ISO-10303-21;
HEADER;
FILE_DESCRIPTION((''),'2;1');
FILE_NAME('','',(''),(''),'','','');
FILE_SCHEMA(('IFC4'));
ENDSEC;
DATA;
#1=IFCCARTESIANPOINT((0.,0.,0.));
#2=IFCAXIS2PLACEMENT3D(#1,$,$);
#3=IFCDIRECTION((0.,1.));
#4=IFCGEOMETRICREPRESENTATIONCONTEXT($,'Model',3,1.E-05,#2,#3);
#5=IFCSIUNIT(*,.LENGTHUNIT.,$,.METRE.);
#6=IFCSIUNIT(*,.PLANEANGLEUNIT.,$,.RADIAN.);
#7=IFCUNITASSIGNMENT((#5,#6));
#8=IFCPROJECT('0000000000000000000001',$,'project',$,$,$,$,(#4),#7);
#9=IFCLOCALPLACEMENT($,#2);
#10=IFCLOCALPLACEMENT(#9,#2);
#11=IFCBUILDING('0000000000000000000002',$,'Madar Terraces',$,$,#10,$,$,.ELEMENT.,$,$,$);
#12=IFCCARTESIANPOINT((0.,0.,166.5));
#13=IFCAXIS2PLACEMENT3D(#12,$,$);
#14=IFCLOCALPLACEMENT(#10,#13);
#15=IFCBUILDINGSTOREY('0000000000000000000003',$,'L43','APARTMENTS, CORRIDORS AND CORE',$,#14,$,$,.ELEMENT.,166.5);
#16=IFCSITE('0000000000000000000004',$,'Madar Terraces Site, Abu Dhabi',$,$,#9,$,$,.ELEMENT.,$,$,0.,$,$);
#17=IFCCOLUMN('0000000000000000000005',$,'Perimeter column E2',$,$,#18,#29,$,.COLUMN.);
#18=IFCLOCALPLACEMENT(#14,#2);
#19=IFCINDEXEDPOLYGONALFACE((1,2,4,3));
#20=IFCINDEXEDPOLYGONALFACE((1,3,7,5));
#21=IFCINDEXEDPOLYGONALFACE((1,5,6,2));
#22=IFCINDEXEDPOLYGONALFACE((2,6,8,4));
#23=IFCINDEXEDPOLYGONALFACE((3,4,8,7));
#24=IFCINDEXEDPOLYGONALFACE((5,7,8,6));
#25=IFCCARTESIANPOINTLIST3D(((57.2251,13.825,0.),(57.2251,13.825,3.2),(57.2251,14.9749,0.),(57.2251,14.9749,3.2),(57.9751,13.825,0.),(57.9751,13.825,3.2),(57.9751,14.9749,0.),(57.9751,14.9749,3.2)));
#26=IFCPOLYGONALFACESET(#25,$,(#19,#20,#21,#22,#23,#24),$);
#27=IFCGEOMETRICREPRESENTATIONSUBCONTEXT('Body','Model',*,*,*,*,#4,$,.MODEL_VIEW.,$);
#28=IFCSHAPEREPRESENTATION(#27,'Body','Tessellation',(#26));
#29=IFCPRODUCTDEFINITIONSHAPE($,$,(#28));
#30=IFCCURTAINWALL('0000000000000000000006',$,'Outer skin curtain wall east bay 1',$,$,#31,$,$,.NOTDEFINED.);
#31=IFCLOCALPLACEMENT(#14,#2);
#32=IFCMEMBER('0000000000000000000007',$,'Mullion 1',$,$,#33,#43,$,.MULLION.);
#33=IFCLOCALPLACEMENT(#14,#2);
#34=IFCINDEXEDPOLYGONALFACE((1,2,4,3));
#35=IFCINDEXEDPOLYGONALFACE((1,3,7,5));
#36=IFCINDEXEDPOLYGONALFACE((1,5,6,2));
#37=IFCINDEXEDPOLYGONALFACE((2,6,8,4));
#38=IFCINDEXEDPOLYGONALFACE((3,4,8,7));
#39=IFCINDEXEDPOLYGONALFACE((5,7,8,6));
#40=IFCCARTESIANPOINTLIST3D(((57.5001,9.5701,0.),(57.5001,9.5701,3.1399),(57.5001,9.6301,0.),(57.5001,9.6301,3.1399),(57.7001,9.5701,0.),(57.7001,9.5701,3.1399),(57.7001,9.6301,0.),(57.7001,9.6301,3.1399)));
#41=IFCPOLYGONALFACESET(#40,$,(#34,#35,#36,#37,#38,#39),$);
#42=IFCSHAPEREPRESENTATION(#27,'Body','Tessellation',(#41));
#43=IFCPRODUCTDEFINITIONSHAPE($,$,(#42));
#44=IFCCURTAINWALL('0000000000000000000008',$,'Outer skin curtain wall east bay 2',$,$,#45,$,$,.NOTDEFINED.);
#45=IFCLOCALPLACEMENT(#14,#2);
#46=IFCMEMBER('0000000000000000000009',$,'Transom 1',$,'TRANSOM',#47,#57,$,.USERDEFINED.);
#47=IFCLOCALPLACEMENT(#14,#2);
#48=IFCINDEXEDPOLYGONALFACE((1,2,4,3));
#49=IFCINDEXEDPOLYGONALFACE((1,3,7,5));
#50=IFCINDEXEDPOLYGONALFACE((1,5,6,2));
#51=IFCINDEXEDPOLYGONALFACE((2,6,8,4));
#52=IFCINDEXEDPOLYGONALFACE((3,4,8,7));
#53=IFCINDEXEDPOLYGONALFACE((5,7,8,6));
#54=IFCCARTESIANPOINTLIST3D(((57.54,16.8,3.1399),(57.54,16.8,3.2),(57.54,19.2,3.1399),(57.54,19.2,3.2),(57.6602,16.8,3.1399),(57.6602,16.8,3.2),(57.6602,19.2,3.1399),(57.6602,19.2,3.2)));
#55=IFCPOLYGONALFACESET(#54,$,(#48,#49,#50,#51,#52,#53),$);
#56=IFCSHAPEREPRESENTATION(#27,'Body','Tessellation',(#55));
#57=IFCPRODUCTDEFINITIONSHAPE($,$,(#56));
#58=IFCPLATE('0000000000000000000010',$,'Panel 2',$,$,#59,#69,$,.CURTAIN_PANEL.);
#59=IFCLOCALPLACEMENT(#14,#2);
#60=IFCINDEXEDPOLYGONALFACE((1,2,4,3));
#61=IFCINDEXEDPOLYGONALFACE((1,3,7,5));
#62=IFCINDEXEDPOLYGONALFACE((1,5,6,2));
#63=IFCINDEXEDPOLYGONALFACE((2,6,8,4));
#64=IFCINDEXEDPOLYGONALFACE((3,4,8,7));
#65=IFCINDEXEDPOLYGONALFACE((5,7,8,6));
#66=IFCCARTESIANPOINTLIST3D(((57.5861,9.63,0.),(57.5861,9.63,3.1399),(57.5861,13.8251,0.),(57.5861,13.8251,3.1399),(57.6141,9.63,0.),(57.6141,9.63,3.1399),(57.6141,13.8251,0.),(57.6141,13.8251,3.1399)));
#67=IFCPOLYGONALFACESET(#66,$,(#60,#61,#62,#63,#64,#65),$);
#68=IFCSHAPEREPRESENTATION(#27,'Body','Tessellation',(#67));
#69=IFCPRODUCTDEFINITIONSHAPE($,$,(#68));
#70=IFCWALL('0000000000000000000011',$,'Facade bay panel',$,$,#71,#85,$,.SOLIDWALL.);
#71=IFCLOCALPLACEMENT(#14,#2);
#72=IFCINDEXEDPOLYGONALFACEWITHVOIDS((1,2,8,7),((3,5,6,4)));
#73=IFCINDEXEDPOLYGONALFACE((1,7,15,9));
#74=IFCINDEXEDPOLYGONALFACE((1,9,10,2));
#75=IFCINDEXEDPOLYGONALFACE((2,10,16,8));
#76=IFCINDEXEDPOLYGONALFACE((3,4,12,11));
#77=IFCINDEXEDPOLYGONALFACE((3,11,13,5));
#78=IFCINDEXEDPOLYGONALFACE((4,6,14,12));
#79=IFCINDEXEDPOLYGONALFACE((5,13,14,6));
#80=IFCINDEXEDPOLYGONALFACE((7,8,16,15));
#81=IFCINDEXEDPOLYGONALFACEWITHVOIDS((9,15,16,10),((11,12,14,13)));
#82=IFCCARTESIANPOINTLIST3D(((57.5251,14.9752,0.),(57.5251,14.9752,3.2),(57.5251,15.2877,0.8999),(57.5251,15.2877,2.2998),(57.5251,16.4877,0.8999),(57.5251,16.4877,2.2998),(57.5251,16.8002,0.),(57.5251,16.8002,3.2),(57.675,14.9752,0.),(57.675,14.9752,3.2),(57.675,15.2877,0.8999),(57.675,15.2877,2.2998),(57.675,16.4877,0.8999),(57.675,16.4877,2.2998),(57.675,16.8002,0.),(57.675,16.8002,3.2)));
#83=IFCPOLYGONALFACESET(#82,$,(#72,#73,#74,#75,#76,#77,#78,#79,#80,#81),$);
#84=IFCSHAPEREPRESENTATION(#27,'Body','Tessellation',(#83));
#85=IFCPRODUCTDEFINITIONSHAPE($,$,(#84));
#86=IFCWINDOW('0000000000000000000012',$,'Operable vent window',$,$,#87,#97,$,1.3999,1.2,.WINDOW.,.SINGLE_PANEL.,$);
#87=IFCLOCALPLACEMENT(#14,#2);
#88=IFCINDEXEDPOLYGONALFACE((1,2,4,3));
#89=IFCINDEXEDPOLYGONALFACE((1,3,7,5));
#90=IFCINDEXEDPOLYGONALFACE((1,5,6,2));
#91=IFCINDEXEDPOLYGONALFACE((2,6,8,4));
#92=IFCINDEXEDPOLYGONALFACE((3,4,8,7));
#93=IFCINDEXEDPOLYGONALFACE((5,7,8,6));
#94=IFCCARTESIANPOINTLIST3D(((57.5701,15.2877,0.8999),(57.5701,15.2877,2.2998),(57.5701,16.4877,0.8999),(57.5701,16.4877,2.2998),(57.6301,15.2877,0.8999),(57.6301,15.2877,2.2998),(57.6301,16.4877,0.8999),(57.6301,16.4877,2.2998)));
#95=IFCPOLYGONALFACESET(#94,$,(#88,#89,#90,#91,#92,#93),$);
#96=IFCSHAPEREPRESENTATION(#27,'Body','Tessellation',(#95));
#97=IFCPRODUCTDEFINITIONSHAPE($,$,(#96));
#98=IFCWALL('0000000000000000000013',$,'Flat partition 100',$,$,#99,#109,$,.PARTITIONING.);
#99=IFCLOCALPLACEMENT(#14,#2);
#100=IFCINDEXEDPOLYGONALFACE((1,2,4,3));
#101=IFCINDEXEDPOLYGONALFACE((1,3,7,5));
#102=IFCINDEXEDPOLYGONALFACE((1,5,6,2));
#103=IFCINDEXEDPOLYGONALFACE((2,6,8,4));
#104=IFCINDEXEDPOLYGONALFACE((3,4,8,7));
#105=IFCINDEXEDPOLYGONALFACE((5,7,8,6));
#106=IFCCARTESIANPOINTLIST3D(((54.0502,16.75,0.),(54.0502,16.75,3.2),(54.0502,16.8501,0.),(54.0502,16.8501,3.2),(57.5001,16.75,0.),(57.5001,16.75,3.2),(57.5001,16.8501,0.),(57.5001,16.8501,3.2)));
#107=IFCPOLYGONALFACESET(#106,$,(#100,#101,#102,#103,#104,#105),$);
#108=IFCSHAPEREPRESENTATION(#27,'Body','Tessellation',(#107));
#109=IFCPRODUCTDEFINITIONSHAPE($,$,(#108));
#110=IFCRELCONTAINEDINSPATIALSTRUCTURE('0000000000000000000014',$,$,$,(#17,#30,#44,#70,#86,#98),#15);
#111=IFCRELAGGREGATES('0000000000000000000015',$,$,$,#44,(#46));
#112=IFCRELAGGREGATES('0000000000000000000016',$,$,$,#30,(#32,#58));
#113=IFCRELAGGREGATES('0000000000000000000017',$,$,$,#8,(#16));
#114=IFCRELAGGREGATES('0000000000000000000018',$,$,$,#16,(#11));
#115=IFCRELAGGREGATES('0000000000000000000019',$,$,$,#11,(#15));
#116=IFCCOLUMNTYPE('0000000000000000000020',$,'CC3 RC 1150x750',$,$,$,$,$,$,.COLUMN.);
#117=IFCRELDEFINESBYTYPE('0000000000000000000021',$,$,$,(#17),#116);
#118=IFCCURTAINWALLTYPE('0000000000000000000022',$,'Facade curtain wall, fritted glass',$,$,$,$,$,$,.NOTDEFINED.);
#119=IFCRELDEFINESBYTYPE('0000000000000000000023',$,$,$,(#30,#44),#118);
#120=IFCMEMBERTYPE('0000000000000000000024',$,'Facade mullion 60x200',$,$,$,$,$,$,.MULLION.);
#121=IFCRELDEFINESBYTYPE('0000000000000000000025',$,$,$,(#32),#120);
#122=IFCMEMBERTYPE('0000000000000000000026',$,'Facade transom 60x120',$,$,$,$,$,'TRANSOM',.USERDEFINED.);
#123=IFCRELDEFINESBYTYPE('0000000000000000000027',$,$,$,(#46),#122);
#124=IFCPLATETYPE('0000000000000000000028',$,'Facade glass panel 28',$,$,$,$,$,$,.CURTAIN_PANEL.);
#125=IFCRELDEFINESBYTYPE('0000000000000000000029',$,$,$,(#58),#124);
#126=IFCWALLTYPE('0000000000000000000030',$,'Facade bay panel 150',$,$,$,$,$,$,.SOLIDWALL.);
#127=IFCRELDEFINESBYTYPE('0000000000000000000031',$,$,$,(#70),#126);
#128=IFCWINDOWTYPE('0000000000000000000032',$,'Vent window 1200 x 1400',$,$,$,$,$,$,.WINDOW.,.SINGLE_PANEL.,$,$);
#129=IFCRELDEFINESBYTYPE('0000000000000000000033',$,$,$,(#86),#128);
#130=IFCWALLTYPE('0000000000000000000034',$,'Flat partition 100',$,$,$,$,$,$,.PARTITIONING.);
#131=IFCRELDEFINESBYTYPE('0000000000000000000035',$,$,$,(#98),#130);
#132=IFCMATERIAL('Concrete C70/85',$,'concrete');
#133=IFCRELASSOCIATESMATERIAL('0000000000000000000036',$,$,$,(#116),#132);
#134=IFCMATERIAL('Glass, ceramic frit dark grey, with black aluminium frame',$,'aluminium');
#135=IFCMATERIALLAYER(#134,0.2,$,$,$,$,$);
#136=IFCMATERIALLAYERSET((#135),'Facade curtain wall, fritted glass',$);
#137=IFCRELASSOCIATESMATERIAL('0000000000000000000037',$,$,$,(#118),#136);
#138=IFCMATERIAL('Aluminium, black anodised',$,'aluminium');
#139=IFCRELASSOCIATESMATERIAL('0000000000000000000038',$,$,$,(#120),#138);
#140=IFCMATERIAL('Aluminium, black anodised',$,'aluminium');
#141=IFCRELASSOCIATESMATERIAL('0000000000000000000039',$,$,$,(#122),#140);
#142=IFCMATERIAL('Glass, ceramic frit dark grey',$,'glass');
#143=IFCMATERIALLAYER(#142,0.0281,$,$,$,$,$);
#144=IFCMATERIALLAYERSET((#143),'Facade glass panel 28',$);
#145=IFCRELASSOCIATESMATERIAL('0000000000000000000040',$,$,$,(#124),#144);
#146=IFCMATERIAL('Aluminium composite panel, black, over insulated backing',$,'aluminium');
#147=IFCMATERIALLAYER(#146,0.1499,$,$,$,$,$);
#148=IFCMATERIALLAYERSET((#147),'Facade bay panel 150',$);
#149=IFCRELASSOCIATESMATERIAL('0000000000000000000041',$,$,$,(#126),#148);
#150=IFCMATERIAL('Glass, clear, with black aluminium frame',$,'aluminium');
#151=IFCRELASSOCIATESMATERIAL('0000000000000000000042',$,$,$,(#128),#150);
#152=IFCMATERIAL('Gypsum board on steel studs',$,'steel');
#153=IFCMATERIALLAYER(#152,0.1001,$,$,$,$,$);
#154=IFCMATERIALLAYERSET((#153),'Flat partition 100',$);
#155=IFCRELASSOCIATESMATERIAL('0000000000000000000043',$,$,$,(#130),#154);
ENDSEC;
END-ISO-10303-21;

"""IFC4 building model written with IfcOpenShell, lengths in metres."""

from ifc_helpers import new_model, si_unit, direction, frame, frame_2d, origin, origin_2d, place, context, subcontext, project, spatial, rectangle, extrude, material, layer, layer_set, material_profile, profile_set, type_object, element, fill, aggregate, save


model = new_model("IFC4")

# Units and contexts
model_context = context("Model", 3, precision=1e-05, world=origin(), true_north=direction((0.0, 1.0)))
body_context = subcontext(model_context, "Body", "Model", "MODEL_VIEW")
ifc_project = project(units=[si_unit("LENGTHUNIT", "METRE"), si_unit("PLANEANGLEUNIT", "RADIAN")], contexts=[model_context])

# Site, building, storey
site_placement = place(None, origin())
site = spatial("IfcSite", under=ifc_project, at=site_placement, Name="Madar Terraces Site, Abu Dhabi", CompositionType="ELEMENT", RefElevation=0.0)
building_placement = place(site_placement, origin())
building = spatial("IfcBuilding", under=site, at=building_placement, Name="Madar Terraces", CompositionType="ELEMENT")
storey_placement = place(building_placement, frame((0.0, 0.0, 166.5)))
storey = spatial("IfcBuildingStorey", under=building, at=storey_placement, Name="L43", Description="APARTMENTS, CORRIDORS AND CORE", CompositionType="ELEMENT", Elevation=166.5)

# Column
ifc_material_1 = material(Name="Concrete C70/85", Category="concrete")
ifc_material_profile_1 = material_profile(ifc_material_1, rectangle(XDim=1.1499, YDim=0.75, at=origin_2d()), Name="CC3 RC 1150x750")
ifc_profile_set_1 = profile_set([ifc_material_profile_1], Name="Concrete C70/85")
column_type = type_object("IfcColumnType", Name="CC3 RC 1150x750", PredefinedType="COLUMN", material=ifc_profile_set_1)
column_placement = place(storey_placement, frame((57.6001, 14.3999, 0.0), z_axis=(0.0, 0.0, 1.0), x_axis=(0.0, 1.0, 0.0)))
element("IfcColumn", 1, at=column_placement, inside=storey, type_object=column_type, Name="Perimeter column E2", PredefinedType="COLUMN", context=body_context, shape_type="SweptSolid", body=[
    extrude(rectangle(XDim=1.1499, YDim=0.75, at=origin_2d()), origin(), (0.0, 0.0, 1.0), 3.2),
])

# Curtain walls, members
ifc_material_2 = material(Name="Glass, ceramic frit dark grey, with black aluminium frame", Category="aluminium")
ifc_layer_1 = layer(ifc_material_2, 0.2)
ifc_layer_set_1 = layer_set([ifc_layer_1], Name="Facade curtain wall, fritted glass")
curtain_wall_type = type_object("IfcCurtainWallType", Name="Facade curtain wall, fritted glass", PredefinedType="NOTDEFINED", material=ifc_layer_set_1)
curtain_wall_1_placement = place(storey_placement, origin())
curtain_wall_1 = element("IfcCurtainWall", 2, at=curtain_wall_1_placement, inside=storey, type_object=curtain_wall_type, Name="Outer skin curtain wall east bay 1", PredefinedType="NOTDEFINED")
ifc_material_3 = material(Name="Aluminium, black anodised", Category="aluminium")
ifc_material_profile_2 = material_profile(ifc_material_3, rectangle(XDim=0.2, YDim=0.0601, at=origin_2d()), Name="Facade mullion 60x200")
ifc_profile_set_2 = profile_set([ifc_material_profile_2], Name="Aluminium, black anodised")
member_type_1 = type_object("IfcMemberType", Name="Facade mullion 60x200", PredefinedType="MULLION", material=ifc_profile_set_2)
member_1_placement = place(storey_placement, frame((57.6001, 9.6001, 0.0), z_axis=(0.0, 0.0, 1.0), x_axis=(-1.0, 0.0, 0.0)))
member_1 = element("IfcMember", 3, at=member_1_placement, type_object=member_type_1, Name="Mullion 1", PredefinedType="MULLION", context=body_context, shape_type="SweptSolid", body=[
    extrude(rectangle(XDim=0.2, YDim=0.0601, at=origin_2d()), origin(), (0.0, 0.0, 1.0), 3.1399),
])
curtain_wall_2_placement = place(storey_placement, origin())
curtain_wall_2 = element("IfcCurtainWall", 4, at=curtain_wall_2_placement, inside=storey, type_object=curtain_wall_type, Name="Outer skin curtain wall east bay 2", PredefinedType="NOTDEFINED")
ifc_material_4 = material(Name="Aluminium, black anodised", Category="aluminium")
ifc_material_profile_3 = material_profile(ifc_material_4, rectangle(XDim=0.1201, YDim=0.0601, at=origin_2d()), Name="Facade transom 60x120")
ifc_profile_set_3 = profile_set([ifc_material_profile_3], Name="Aluminium, black anodised")
member_type_2 = type_object("IfcMemberType", Name="Facade transom 60x120", ElementType="TRANSOM", PredefinedType="USERDEFINED", material=ifc_profile_set_3)
member_2_placement = place(storey_placement, frame((57.6001, 16.8, 3.1699), z_axis=(0.0, 1.0, 0.0), x_axis=(-1.0, 0.0, 0.0)))
member_2 = element("IfcMember", 5, at=member_2_placement, type_object=member_type_2, Name="Transom 1", ObjectType="TRANSOM", PredefinedType="USERDEFINED", context=body_context, shape_type="SweptSolid", body=[
    extrude(rectangle(XDim=0.1201, YDim=0.0601, at=origin_2d()), origin(), (0.0, 0.0, 1.0), 2.3999),
])
aggregate(curtain_wall_2, [member_2])

# Plate
ifc_material_5 = material(Name="Glass, ceramic frit dark grey", Category="glass")
ifc_layer_2 = layer(ifc_material_5, 0.0281)
ifc_layer_set_2 = layer_set([ifc_layer_2], Name="Facade glass panel 28")
plate_type = type_object("IfcPlateType", Name="Facade glass panel 28", PredefinedType="CURTAIN_PANEL", material=ifc_layer_set_2)
plate_placement = place(storey_placement, frame((57.6001, 11.7275, 0.0), z_axis=(0.0, 0.0, 1.0), x_axis=(0.0, 1.0, 0.0)))
plate = element("IfcPlate", 6, at=plate_placement, type_object=plate_type, Name="Panel 2", PredefinedType="CURTAIN_PANEL", context=body_context, shape_type="SweptSolid", body=[
    extrude(rectangle(XDim=4.1951, YDim=0.0281, at=origin_2d()), origin(), (0.0, 0.0, 1.0), 3.1399),
])
aggregate(curtain_wall_1, [member_1, plate])

# Wall, opening, window
ifc_material_6 = material(Name="Aluminium composite panel, black, over insulated backing", Category="aluminium")
ifc_layer_3 = layer(ifc_material_6, 0.1499)
ifc_layer_set_3 = layer_set([ifc_layer_3], Name="Facade bay panel 150")
wall_type_1 = type_object("IfcWallType", Name="Facade bay panel 150", PredefinedType="SOLIDWALL", material=ifc_layer_set_3)
wall_1_placement = place(storey_placement, frame((57.6001, 14.9751, 0.0), z_axis=(0.0, 0.0, 1.0), x_axis=(0.0, 1.0, 0.0)))
wall_1 = element("IfcWall", 7, at=wall_1_placement, inside=storey, type_object=wall_type_1, Name="Facade bay panel", PredefinedType="SOLIDWALL", context=body_context, shape_type="SweptSolid", body=[
    extrude(rectangle(XDim=1.825, YDim=0.1499, at=frame_2d((0.9126, 0.0))), origin(), (0.0, 0.0, 1.0), 3.2),
])
opening_1_placement = place(wall_1_placement, frame((0.3125, 0.0, 0.8999)))
opening_1 = element("IfcOpeningElement", 8, at=opening_1_placement, cuts=wall_1, PredefinedType="OPENING", context=body_context, shape_type="SweptSolid", body=[
    extrude(rectangle(XDim=1.2, YDim=1.3999, at=frame_2d((0.6001, 0.7))), frame((0.0, 0.085, 0.0), z_axis=(0.0, -1.0, 0.0), x_axis=(1.0, 0.0, 0.0)), (0.0, 0.0, 1.0), 0.1699),
])
ifc_material_7 = material(Name="Glass, clear, with black aluminium frame", Category="aluminium")
window_type = type_object("IfcWindowType", Name="Vent window 1200 x 1400", PartitioningType="SINGLE_PANEL", PredefinedType="WINDOW", material=ifc_material_7)
window_placement = place(opening_1_placement, origin())
window = element("IfcWindow", 9, at=window_placement, inside=storey, type_object=window_type, Name="Operable vent window", OverallHeight=1.3999, OverallWidth=1.2, PartitioningType="SINGLE_PANEL", PredefinedType="WINDOW", context=body_context, shape_type="SweptSolid", body=[
    extrude(rectangle(XDim=1.2, YDim=1.3999, at=frame_2d((0.6001, 0.7))), frame((0.0, 0.03, 0.0), z_axis=(0.0, -1.0, 0.0), x_axis=(1.0, 0.0, 0.0)), (0.0, 0.0, 1.0), 0.0601),
])
fill(opening_1, window)

# Wall
ifc_material_8 = material(Name="Gypsum board on steel studs", Category="steel")
ifc_layer_4 = layer(ifc_material_8, 0.1001)
ifc_layer_set_4 = layer_set([ifc_layer_4], Name="Flat partition 100")
wall_type_2 = type_object("IfcWallType", Name="Flat partition 100", PredefinedType="PARTITIONING", material=ifc_layer_set_4)
wall_2_placement = place(storey_placement, frame((54.05, 16.8, 0.0), z_axis=(0.0, 0.0, 1.0), x_axis=(1.0, 0.0, 0.0)))
element("IfcWall", 10, at=wall_2_placement, inside=storey, type_object=wall_type_2, Name="Flat partition 100", PredefinedType="PARTITIONING", context=body_context, shape_type="SweptSolid", body=[
    extrude(rectangle(XDim=3.45, YDim=0.1001, at=frame_2d((1.7251, 0.0))), origin(), (0.0, 0.0, 1.0), 3.2),
])

save(model, "model.ifc")
